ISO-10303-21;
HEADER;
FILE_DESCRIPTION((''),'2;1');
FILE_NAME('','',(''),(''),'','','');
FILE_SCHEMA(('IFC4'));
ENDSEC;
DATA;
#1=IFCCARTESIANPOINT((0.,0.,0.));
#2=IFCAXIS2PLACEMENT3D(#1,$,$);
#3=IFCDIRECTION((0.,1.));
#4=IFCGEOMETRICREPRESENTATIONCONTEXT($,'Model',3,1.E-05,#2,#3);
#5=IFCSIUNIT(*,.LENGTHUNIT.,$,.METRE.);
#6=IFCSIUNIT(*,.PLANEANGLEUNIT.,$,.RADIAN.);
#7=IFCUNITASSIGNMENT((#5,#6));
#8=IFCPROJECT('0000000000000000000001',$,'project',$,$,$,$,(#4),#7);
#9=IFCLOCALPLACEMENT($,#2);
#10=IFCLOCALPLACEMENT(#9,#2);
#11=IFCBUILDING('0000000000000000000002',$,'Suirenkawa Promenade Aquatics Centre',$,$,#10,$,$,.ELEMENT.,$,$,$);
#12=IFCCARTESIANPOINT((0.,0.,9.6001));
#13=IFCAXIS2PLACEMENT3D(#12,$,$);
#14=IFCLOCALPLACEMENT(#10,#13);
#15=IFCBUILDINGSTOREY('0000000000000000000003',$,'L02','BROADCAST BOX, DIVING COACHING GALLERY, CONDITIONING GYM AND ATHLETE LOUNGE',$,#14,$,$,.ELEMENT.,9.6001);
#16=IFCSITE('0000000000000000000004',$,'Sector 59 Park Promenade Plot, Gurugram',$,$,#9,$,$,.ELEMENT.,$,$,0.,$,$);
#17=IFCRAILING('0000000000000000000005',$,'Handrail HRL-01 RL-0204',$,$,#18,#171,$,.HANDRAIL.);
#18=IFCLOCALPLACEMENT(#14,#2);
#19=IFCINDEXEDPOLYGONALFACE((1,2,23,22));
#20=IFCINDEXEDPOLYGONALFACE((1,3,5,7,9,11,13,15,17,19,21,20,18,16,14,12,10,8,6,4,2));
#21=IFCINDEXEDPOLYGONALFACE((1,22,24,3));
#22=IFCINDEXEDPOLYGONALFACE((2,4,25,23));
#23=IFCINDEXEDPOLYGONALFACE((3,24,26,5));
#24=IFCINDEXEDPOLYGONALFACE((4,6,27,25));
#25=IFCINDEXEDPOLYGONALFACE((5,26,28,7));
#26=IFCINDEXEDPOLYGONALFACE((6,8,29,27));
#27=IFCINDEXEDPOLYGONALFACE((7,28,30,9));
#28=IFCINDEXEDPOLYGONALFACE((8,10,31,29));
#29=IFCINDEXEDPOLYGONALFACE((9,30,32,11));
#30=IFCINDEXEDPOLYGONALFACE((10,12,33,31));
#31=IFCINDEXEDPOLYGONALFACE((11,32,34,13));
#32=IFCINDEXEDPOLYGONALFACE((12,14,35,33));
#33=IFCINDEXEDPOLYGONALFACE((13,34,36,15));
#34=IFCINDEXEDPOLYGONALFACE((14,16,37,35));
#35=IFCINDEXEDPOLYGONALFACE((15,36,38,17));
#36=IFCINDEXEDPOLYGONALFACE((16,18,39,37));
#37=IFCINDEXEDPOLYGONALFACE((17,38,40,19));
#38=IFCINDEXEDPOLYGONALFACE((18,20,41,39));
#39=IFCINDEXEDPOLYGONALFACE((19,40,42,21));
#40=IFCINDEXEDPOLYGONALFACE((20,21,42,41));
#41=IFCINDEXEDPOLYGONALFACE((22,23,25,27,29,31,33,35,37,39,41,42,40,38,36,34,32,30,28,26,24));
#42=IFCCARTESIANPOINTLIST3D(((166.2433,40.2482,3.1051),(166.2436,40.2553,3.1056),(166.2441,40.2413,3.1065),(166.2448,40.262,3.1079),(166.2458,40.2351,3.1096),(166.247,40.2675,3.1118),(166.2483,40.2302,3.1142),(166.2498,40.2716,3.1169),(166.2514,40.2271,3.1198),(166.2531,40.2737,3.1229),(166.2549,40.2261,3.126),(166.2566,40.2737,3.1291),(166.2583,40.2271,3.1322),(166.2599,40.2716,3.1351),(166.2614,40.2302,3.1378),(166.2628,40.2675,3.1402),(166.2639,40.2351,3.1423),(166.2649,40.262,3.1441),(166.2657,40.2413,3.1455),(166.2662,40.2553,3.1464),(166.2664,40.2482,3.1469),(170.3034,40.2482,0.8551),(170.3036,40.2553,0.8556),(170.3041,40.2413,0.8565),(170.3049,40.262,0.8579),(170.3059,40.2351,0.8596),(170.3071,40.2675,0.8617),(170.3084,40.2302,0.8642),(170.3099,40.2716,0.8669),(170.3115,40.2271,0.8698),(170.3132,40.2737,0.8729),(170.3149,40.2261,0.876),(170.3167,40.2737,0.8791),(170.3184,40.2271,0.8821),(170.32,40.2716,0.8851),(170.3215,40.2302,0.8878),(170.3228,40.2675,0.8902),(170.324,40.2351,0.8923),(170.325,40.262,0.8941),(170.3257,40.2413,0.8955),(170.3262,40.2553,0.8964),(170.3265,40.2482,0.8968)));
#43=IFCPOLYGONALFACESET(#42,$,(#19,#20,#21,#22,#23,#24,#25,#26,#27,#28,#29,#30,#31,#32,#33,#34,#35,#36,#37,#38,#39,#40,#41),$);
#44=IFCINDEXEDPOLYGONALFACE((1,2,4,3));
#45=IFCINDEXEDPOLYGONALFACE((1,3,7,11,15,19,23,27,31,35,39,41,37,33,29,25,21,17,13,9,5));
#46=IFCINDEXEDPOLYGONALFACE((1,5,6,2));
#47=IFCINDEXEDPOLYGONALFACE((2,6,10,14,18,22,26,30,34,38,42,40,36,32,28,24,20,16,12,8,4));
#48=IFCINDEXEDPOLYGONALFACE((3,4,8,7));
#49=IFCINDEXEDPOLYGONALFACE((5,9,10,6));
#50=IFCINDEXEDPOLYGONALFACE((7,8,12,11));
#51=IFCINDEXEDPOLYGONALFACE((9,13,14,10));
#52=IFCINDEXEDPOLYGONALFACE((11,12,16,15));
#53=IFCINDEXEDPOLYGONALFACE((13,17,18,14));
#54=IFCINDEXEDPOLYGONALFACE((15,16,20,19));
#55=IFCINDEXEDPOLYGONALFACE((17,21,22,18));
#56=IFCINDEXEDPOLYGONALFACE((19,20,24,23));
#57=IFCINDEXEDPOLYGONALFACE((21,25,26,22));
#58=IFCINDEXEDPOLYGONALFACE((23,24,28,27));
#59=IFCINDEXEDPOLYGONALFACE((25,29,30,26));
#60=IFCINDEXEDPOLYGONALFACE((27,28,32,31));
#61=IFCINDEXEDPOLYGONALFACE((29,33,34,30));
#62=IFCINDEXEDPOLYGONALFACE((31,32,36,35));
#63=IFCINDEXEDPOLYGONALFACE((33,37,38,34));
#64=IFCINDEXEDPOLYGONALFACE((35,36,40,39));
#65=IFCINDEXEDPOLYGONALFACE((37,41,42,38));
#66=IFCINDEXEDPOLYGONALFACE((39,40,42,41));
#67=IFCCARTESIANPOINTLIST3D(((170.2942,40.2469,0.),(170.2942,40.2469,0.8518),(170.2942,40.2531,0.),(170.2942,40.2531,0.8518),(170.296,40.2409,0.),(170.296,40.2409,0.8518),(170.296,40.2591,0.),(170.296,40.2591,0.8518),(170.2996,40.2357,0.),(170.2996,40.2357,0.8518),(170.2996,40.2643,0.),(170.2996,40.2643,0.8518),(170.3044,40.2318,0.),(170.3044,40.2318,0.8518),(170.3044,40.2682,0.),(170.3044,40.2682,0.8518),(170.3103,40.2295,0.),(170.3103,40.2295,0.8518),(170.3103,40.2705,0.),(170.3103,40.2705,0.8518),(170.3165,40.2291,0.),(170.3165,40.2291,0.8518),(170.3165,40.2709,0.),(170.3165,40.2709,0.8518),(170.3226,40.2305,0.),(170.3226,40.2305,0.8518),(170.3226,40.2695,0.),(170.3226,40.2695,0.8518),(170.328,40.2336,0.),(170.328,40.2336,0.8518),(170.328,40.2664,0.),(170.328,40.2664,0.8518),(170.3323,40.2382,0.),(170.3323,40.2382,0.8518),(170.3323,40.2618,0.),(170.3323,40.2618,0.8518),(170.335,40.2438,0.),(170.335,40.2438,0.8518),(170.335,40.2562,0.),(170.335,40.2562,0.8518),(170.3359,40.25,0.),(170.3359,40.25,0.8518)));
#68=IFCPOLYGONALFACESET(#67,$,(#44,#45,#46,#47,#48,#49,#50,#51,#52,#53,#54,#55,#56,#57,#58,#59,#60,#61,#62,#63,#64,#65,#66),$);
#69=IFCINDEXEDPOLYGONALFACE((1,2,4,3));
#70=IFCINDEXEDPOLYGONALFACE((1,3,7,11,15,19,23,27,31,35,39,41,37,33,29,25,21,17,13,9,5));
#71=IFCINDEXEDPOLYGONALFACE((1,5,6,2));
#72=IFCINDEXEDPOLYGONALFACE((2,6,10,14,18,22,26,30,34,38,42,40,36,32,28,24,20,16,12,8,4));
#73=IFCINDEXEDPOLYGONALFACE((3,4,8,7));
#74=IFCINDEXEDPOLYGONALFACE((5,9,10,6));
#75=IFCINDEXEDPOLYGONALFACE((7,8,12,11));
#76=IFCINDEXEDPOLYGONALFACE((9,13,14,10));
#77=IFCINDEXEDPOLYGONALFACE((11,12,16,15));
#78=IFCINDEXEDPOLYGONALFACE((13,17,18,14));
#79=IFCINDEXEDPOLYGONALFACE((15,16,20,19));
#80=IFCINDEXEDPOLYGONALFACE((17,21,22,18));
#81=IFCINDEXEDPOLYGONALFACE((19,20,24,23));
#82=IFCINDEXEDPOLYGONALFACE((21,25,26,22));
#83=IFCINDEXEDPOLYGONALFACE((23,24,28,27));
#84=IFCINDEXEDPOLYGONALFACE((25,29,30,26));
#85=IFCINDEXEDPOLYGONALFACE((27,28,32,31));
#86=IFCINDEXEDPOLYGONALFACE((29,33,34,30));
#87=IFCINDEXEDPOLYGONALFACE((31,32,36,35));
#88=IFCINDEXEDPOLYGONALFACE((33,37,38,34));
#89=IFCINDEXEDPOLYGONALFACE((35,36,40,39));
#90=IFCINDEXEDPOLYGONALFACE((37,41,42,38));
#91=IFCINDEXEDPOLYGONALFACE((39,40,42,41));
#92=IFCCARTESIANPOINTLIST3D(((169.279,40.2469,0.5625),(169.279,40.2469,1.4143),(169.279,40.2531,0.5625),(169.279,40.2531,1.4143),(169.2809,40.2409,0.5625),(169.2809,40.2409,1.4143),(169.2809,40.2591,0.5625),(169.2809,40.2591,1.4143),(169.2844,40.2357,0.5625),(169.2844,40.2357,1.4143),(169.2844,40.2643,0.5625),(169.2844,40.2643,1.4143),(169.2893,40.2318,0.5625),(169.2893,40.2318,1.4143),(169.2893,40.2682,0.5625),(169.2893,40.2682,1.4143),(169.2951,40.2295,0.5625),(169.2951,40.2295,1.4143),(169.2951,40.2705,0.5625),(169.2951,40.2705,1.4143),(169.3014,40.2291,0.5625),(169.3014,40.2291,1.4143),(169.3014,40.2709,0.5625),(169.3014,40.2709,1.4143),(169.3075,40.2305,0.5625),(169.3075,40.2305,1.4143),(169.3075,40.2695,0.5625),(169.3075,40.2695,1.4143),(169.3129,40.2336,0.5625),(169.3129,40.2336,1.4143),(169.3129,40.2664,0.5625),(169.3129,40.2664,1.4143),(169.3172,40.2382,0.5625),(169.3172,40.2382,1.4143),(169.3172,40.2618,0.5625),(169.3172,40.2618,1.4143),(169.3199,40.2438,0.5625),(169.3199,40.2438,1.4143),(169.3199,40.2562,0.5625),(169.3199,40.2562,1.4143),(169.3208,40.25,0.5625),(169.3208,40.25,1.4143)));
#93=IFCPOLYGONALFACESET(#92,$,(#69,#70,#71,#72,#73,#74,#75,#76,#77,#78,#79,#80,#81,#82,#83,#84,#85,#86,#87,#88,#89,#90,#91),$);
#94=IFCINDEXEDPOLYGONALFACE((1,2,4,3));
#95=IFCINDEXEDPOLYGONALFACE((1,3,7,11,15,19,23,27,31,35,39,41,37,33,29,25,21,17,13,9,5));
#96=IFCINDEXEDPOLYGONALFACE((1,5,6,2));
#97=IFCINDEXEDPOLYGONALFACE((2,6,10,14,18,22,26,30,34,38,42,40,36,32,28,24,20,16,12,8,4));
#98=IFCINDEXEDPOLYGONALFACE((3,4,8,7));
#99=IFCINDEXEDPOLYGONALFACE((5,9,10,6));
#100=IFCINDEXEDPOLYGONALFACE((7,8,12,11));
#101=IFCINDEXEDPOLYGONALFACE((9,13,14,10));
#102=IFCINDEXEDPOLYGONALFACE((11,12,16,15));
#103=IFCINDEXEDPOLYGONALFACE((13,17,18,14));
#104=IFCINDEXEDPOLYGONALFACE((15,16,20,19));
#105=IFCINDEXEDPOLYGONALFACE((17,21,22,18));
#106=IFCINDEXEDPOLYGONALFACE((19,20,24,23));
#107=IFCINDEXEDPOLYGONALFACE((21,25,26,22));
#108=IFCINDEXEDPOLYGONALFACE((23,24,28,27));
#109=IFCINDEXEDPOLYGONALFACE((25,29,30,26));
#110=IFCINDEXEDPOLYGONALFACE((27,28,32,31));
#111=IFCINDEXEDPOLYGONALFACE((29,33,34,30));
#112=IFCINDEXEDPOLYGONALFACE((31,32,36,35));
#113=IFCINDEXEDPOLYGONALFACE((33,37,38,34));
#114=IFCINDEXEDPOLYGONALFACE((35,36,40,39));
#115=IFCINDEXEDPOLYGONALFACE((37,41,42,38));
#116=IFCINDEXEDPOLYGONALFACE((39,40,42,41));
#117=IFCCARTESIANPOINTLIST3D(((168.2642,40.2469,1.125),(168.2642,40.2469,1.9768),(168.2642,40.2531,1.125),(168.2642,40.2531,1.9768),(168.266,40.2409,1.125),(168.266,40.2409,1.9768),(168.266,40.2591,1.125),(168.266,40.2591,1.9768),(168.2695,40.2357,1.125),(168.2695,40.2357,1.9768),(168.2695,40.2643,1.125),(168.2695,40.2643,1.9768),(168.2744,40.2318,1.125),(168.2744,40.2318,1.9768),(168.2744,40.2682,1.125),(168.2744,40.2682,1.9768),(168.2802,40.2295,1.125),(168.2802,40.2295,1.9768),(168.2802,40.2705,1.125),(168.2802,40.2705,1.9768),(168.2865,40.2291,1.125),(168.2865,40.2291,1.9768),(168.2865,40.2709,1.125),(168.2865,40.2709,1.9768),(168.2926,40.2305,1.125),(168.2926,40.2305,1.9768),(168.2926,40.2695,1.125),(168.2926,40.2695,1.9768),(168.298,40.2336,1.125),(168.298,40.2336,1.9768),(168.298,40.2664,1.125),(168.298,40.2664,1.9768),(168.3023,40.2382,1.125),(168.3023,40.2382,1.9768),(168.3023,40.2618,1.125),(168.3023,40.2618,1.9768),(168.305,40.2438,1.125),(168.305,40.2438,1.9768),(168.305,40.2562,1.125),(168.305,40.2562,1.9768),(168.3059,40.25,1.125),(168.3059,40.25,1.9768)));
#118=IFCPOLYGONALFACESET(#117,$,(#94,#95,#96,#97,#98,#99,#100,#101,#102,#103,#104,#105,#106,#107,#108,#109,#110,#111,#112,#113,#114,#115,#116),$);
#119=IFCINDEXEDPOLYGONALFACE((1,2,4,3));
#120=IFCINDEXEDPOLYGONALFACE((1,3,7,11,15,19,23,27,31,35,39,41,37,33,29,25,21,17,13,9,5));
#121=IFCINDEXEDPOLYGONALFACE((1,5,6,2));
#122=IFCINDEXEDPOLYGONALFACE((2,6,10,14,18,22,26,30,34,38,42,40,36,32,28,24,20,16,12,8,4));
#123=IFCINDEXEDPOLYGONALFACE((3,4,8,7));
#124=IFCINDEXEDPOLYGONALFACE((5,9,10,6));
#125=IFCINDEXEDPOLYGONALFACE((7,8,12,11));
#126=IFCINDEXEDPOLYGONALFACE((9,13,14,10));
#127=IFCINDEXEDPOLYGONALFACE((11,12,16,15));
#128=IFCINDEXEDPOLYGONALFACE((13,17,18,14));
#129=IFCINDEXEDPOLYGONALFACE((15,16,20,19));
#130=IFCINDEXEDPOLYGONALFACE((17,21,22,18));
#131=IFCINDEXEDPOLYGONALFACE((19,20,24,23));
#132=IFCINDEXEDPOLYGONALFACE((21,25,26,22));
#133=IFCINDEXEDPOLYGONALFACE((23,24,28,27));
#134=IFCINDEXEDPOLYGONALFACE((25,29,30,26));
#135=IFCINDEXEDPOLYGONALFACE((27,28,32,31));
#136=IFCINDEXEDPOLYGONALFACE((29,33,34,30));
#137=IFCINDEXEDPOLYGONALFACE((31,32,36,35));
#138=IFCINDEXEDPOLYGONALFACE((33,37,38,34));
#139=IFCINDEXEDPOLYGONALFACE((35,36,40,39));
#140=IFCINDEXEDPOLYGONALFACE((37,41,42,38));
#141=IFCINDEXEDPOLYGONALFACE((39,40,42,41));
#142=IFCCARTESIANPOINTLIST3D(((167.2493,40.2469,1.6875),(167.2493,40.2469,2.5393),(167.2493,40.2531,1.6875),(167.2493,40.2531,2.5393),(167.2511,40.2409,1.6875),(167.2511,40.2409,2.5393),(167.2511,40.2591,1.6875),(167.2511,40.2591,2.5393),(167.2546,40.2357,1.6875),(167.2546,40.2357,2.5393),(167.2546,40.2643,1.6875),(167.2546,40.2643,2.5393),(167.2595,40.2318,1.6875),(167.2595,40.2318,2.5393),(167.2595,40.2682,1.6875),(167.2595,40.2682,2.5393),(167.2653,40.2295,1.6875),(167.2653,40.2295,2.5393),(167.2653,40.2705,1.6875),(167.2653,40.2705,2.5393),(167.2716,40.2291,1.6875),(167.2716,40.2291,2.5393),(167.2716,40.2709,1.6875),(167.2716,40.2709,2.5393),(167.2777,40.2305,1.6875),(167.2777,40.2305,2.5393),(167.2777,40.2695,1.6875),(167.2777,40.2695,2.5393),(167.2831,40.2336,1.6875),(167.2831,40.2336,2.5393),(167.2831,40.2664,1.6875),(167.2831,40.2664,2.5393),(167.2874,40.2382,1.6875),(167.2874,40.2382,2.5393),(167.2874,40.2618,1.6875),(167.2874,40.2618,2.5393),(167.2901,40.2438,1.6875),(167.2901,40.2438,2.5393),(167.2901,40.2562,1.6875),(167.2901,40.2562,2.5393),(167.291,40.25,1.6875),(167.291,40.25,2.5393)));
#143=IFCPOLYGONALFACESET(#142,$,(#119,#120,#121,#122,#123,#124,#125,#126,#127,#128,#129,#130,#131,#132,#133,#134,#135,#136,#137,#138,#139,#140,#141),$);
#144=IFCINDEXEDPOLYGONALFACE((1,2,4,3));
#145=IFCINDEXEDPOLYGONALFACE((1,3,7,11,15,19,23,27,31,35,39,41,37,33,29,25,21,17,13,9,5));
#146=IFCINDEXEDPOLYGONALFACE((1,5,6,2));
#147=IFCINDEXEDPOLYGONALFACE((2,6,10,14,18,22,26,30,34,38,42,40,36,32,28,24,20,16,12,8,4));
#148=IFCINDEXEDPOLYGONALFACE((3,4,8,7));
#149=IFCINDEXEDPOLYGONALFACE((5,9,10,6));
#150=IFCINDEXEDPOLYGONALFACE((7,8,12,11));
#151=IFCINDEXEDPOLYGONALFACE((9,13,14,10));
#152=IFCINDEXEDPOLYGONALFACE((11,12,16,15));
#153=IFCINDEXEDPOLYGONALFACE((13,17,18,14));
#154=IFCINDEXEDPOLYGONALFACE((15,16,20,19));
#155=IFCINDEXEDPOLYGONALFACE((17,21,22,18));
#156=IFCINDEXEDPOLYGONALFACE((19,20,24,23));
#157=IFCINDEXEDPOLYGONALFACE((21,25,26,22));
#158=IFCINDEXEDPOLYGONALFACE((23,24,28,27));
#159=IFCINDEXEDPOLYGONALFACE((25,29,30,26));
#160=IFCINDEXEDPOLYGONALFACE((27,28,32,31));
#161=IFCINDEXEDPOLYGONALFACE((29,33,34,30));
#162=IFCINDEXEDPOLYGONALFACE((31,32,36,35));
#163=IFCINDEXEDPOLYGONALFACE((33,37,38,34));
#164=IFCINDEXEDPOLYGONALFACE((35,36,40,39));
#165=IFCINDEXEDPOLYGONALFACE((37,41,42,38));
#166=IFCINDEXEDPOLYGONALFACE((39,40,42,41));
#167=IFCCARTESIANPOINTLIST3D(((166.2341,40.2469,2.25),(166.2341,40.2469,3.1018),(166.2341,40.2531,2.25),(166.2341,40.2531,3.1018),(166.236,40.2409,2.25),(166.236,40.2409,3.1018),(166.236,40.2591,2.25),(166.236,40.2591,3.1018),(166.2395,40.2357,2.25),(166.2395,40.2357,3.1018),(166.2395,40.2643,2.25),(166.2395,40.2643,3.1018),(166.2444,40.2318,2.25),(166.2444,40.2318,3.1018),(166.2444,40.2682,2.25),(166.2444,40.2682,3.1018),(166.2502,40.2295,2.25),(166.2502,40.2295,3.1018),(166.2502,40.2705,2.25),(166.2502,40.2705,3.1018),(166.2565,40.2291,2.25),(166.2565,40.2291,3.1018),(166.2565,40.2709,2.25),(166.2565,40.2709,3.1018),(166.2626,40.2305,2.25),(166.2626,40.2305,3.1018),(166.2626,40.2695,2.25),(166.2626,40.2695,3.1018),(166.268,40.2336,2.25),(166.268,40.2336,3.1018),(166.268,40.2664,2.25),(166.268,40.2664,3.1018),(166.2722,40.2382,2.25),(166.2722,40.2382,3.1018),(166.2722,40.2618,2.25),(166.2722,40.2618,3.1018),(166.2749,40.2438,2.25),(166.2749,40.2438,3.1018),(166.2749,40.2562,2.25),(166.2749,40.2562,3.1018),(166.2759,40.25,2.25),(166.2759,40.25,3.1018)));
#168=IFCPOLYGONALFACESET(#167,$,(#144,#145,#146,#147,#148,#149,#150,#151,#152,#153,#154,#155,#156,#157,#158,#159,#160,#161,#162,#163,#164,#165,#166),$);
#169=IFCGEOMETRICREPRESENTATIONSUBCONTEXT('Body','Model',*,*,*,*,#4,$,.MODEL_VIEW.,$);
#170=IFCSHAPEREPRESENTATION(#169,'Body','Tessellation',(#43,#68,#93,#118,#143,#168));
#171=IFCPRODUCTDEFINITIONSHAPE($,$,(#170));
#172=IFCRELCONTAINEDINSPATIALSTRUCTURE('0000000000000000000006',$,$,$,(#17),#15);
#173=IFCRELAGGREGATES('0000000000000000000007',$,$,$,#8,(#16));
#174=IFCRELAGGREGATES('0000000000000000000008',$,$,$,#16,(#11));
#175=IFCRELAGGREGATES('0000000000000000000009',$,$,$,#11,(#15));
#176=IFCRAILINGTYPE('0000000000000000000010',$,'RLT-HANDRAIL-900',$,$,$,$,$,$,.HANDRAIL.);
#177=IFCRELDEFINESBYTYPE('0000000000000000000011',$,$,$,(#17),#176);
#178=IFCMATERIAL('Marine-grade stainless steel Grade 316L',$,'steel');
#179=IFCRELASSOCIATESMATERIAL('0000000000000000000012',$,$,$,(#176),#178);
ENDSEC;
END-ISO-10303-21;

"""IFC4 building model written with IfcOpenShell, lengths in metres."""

from ifc_helpers import new_model, si_unit, direction, frame, origin, origin_2d, place, context, subcontext, project, spatial, circle, extrude, material, type_object, element, save


model = new_model("IFC4")

# Units and contexts
model_context = context("Model", 3, precision=1e-05, world=origin(), true_north=direction((0.0, 1.0)))
body_context = subcontext(model_context, "Body", "Model", "MODEL_VIEW")
ifc_project = project(units=[si_unit("LENGTHUNIT", "METRE"), si_unit("PLANEANGLEUNIT", "RADIAN")], contexts=[model_context])

# Site, building, storey
site_placement = place(None, origin())
site = spatial("IfcSite", under=ifc_project, at=site_placement, Name="Sector 59 Park Promenade Plot, Gurugram", CompositionType="ELEMENT", RefElevation=0.0)
building_placement = place(site_placement, origin())
building = spatial("IfcBuilding", under=site, at=building_placement, Name="Suirenkawa Promenade Aquatics Centre", CompositionType="ELEMENT")
storey_placement = place(building_placement, frame((0.0, 0.0, 9.6001)))
storey = spatial("IfcBuildingStorey", under=building, at=storey_placement, Name="L02", Description="BROADCAST BOX, DIVING COACHING GALLERY, CONDITIONING GYM AND ATHLETE LOUNGE", CompositionType="ELEMENT", Elevation=9.6001)

# Railing
ifc_material_1 = material(Name="Marine-grade stainless steel Grade 316L", Category="steel")
railing_type_1 = type_object("IfcRailingType", Name="RLT-HANDRAIL-900", PredefinedType="HANDRAIL", material=ifc_material_1)
railing_1_placement = place(storey_placement, frame((170.3149, 40.25, 0.0)))
element("IfcRailing", 1, at=railing_1_placement, inside=storey, type_object=railing_type_1, Name="Handrail HRL-01 RL-0204", PredefinedType="HANDRAIL", context=body_context, shape_type="SweptSolid", body=[
    extrude(circle(Radius=0.0239, at=origin_2d()), frame((0.0, 0.0, 0.876), z_axis=(-0.874668, 0.0, 0.484723), x_axis=(0.0, -1.0, 0.0)), (0.0, 0.0, 1.0), 4.6418),
    extrude(circle(Radius=0.021, at=origin_2d()), origin(), (0.0, 0.0, 1.0), 0.8518),
    extrude(circle(Radius=0.021, at=origin_2d()), frame((-1.0151, 0.0, 0.5625)), (0.0, 0.0, 1.0), 0.8518),
    extrude(circle(Radius=0.021, at=origin_2d()), frame((-2.03, 0.0, 1.125)), (0.0, 0.0, 1.0), 0.8518),
    extrude(circle(Radius=0.021, at=origin_2d()), frame((-3.0449, 0.0, 1.6875)), (0.0, 0.0, 1.0), 0.8518),
    extrude(circle(Radius=0.021, at=origin_2d()), frame((-4.0601, 0.0, 2.25)), (0.0, 0.0, 1.0), 0.8518),
])

save(model, "model.ifc")
